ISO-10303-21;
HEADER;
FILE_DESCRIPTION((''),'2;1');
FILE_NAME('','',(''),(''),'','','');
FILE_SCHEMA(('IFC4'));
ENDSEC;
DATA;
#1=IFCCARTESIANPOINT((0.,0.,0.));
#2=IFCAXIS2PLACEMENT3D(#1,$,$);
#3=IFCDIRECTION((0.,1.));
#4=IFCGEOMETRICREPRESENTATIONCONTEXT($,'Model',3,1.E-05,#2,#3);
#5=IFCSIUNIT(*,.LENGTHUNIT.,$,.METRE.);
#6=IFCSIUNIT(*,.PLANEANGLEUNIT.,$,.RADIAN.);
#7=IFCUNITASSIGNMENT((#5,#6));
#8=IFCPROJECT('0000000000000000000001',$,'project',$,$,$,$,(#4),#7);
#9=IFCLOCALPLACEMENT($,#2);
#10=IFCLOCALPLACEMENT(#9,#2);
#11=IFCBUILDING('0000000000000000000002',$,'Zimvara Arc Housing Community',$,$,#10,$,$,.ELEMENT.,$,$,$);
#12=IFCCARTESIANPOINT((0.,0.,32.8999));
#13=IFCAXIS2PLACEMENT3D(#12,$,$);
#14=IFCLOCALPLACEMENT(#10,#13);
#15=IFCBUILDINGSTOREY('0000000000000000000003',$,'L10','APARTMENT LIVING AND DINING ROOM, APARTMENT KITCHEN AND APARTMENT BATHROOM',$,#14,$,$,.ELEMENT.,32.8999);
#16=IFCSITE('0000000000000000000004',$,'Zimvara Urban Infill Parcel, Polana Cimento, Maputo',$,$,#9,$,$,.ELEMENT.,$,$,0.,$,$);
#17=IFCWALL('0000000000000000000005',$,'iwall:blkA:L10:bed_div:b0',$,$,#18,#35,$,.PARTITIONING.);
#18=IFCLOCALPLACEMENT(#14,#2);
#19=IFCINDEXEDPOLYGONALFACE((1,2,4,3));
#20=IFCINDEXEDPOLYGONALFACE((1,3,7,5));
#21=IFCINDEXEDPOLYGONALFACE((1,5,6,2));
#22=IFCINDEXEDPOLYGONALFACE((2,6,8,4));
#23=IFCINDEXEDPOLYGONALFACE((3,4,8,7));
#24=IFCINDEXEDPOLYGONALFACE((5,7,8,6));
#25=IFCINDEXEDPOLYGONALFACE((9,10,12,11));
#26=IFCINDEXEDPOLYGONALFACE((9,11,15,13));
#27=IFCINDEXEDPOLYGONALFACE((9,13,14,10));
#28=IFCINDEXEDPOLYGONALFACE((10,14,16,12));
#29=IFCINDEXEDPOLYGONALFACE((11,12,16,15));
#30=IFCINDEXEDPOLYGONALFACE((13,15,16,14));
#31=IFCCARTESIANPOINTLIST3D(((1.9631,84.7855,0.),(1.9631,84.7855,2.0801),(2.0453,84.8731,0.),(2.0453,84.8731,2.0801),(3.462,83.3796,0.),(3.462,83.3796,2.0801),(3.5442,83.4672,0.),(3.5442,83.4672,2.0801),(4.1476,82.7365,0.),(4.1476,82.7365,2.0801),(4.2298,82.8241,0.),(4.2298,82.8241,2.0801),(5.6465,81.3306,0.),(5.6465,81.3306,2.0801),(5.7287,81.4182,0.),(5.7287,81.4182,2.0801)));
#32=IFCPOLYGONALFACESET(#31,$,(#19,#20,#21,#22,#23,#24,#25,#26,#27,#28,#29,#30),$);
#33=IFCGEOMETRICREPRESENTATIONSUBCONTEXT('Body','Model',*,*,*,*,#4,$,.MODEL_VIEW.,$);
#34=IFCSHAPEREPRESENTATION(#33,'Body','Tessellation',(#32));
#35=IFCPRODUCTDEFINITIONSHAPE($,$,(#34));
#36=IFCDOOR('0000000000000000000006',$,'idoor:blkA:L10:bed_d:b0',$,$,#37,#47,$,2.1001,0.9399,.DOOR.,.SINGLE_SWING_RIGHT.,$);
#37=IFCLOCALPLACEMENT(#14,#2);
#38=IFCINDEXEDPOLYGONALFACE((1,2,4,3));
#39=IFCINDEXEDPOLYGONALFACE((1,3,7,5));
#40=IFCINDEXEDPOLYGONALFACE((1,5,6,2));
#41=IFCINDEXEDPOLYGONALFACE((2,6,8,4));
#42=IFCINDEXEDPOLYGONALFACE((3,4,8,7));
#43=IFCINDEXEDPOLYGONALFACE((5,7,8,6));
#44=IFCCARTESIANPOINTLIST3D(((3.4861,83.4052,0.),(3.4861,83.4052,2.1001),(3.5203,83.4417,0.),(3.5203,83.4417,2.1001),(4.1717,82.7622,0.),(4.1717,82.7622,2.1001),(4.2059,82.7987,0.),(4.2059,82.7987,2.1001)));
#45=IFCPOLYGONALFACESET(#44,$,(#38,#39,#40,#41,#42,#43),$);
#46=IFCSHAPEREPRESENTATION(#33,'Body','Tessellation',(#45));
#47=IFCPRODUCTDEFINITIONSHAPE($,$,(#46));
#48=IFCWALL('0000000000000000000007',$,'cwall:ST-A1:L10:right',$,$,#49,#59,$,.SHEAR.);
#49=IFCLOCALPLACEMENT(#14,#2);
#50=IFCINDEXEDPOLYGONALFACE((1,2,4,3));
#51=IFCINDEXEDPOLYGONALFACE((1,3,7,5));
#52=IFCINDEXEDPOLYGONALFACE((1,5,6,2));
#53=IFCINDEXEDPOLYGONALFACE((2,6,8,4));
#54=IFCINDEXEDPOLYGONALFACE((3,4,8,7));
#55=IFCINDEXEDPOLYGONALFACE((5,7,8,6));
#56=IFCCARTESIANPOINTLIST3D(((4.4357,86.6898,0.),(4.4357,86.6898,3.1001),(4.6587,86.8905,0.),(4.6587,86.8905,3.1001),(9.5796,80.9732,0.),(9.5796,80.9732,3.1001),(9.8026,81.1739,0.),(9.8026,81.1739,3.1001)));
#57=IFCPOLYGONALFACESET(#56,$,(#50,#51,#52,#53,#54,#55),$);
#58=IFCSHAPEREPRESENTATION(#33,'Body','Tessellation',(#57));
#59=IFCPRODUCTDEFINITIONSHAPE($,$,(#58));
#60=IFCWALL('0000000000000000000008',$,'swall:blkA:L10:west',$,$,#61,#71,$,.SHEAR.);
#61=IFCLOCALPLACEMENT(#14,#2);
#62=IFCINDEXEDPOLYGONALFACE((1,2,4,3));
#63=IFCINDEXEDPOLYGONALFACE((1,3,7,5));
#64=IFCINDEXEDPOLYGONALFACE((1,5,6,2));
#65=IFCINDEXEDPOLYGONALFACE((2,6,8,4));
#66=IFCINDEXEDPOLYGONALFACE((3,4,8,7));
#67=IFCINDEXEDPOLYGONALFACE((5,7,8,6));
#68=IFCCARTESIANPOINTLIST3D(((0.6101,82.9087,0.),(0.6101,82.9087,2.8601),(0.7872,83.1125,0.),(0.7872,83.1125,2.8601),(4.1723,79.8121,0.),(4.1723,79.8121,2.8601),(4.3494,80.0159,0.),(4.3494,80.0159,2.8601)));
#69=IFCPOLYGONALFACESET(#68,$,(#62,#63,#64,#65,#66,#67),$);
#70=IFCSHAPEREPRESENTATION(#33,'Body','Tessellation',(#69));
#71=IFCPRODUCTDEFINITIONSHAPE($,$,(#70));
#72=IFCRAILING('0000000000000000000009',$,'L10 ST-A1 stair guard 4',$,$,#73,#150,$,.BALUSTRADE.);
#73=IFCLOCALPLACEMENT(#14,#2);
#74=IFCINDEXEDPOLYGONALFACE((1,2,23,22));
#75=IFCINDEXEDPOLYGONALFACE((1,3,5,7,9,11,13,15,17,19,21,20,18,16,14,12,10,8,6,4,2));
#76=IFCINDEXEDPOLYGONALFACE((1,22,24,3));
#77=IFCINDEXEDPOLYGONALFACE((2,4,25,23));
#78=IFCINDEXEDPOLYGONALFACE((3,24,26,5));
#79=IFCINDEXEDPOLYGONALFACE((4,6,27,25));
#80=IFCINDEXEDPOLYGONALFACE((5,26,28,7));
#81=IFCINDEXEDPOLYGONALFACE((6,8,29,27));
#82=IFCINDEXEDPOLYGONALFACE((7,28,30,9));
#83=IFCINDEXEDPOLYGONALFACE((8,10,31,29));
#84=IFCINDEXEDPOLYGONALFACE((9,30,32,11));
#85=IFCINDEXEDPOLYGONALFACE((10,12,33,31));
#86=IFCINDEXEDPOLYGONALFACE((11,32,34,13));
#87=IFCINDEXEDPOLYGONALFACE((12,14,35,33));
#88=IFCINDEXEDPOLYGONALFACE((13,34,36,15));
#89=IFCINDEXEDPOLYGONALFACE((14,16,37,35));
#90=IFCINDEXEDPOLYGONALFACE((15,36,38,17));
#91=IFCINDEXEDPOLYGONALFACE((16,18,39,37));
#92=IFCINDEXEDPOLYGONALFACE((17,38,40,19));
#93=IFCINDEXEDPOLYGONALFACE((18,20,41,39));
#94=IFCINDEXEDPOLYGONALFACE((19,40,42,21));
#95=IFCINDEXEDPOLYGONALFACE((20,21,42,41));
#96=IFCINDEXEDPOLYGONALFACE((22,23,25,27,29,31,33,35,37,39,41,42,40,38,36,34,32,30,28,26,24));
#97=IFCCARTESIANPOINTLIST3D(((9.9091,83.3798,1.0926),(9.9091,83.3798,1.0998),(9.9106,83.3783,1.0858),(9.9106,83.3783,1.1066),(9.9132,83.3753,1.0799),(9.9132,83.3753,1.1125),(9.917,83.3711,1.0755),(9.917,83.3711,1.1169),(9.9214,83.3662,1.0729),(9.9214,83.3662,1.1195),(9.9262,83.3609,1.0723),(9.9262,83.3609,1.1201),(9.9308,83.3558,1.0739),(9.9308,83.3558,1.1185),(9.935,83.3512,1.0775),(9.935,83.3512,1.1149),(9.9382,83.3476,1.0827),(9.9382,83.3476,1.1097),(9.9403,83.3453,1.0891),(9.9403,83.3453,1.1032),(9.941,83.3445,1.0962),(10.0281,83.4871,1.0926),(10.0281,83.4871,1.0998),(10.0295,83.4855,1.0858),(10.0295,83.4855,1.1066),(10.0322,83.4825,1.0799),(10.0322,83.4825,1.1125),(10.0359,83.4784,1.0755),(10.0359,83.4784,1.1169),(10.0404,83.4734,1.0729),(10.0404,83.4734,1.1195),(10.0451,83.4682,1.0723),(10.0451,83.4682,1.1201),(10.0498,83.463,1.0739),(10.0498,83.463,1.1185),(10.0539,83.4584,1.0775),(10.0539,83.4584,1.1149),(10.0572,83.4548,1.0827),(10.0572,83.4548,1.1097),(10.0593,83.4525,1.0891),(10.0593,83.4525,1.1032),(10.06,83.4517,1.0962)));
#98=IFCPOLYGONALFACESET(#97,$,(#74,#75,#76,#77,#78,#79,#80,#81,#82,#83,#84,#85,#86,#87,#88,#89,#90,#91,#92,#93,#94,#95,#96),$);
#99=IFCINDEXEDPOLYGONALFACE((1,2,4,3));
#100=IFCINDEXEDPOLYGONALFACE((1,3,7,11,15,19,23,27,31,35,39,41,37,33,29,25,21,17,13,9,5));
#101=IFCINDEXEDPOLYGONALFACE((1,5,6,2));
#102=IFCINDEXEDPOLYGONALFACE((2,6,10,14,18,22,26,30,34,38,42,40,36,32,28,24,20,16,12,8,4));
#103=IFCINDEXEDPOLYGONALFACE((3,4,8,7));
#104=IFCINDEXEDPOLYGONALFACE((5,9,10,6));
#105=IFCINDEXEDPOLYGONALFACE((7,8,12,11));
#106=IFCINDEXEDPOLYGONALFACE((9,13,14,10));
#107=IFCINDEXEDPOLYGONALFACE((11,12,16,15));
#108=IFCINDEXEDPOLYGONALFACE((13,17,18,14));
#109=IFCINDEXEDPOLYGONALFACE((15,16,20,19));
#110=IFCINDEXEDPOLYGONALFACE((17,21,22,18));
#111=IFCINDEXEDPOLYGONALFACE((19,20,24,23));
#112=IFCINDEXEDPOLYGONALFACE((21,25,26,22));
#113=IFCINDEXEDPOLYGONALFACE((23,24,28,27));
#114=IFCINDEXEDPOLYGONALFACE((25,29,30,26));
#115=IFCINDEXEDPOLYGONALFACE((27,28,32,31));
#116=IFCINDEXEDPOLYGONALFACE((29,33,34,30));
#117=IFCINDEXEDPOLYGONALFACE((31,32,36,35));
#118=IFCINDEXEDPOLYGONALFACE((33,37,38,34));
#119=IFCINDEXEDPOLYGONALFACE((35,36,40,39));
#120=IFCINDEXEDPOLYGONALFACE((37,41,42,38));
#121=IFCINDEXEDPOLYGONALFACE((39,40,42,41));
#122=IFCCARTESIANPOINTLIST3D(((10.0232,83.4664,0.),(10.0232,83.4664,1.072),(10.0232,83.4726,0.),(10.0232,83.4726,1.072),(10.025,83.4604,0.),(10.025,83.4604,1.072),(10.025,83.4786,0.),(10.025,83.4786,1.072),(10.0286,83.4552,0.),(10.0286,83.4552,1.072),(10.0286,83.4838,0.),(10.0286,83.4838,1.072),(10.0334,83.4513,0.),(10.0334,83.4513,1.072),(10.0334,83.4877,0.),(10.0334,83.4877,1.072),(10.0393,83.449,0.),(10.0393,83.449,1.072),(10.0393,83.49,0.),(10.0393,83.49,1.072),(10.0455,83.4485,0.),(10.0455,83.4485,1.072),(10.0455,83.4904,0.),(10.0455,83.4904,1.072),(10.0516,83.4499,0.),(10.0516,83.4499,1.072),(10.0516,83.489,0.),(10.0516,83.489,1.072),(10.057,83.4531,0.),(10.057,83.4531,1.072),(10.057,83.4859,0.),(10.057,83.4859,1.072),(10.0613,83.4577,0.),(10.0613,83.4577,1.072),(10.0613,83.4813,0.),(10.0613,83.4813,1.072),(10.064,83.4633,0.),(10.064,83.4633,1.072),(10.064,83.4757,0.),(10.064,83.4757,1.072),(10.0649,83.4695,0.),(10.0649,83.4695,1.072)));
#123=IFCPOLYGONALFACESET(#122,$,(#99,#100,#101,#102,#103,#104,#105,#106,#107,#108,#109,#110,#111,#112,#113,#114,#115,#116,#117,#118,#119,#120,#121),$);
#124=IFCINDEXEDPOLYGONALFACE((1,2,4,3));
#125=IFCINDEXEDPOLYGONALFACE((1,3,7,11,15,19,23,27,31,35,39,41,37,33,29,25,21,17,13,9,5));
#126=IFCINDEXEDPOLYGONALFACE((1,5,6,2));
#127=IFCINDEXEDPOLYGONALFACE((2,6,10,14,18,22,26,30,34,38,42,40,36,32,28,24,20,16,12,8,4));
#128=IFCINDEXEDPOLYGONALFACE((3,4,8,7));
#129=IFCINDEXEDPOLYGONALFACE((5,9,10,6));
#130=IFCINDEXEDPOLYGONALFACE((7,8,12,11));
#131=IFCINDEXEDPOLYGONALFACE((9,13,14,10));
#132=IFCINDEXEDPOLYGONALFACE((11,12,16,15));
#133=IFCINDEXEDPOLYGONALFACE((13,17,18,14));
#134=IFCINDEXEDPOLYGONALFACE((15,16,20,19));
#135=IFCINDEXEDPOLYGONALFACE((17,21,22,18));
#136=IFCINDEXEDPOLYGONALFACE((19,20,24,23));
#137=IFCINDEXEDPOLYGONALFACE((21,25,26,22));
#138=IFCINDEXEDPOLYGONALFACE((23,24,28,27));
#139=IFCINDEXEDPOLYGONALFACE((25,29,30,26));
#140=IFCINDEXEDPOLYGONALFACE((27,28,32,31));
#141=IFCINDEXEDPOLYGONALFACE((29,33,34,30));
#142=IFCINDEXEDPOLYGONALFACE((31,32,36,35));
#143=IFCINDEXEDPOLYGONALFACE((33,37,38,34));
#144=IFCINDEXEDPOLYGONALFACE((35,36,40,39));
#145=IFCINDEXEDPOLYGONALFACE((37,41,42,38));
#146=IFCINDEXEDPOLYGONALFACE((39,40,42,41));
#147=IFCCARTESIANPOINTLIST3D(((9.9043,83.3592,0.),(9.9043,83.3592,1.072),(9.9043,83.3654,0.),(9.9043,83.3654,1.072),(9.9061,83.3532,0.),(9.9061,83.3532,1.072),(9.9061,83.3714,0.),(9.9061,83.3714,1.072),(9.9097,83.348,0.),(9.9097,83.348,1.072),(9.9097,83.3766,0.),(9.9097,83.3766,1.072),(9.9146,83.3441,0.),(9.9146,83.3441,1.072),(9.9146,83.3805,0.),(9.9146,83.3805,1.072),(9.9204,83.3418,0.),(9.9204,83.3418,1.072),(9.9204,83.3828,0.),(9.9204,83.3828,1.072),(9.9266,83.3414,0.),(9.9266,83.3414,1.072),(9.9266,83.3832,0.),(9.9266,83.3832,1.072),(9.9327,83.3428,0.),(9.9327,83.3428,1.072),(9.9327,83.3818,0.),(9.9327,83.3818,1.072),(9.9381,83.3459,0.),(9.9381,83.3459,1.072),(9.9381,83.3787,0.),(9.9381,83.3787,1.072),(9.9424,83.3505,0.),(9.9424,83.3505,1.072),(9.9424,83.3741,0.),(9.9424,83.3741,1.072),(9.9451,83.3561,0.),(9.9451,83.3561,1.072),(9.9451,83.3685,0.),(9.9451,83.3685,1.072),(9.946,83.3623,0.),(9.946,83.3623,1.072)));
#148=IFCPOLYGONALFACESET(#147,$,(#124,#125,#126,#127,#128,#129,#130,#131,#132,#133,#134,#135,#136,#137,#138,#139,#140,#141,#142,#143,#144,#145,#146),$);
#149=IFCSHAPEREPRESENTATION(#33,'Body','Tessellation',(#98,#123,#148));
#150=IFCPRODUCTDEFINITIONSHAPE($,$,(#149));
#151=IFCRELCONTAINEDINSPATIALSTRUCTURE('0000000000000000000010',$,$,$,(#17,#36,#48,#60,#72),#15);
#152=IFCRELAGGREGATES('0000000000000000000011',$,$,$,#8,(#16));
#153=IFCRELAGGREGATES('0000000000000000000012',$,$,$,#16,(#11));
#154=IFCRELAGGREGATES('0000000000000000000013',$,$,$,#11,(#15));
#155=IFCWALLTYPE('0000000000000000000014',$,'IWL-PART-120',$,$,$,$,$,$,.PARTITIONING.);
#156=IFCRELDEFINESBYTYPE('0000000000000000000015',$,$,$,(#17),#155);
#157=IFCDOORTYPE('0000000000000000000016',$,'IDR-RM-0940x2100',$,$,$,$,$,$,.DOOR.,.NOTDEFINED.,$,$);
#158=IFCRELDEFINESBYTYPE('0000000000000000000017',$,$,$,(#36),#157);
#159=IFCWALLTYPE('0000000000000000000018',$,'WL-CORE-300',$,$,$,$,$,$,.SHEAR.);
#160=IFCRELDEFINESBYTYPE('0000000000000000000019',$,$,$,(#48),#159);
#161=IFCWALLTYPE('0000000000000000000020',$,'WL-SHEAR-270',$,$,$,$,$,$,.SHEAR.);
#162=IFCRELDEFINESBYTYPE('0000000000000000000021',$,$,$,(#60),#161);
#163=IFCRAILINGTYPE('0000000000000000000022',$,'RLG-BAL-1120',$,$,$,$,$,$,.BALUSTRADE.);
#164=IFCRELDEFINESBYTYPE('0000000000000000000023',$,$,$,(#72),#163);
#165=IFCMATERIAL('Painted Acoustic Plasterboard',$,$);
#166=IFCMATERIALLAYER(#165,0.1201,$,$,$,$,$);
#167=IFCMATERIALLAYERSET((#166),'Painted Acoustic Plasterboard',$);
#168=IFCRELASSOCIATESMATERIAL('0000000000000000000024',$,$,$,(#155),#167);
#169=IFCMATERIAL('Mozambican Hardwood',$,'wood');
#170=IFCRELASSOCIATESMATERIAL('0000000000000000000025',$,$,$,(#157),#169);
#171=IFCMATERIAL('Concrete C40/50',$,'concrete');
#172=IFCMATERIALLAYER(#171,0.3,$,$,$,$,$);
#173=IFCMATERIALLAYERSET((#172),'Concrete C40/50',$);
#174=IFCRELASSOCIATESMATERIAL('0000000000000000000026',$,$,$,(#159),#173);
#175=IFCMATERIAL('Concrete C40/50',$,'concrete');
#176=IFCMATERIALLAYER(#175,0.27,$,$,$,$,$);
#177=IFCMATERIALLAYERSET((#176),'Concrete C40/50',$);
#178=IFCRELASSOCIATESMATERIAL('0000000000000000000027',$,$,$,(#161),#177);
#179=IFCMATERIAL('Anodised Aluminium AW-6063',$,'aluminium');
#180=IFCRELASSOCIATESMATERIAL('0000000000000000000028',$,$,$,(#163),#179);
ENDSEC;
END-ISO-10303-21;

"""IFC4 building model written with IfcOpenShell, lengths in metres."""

from ifc_helpers import new_model, si_unit, direction, frame, frame_2d, origin, origin_2d, place, context, subcontext, project, spatial, rectangle, circle, extrude, material, layer, layer_set, type_object, element, fill, save


model = new_model("IFC4")

# Units and contexts
model_context = context("Model", 3, precision=1e-05, world=origin(), true_north=direction((0.0, 1.0)))
body_context = subcontext(model_context, "Body", "Model", "MODEL_VIEW")
ifc_project = project(units=[si_unit("LENGTHUNIT", "METRE"), si_unit("PLANEANGLEUNIT", "RADIAN")], contexts=[model_context])

# Site, building, storey
site_placement = place(None, origin())
site = spatial("IfcSite", under=ifc_project, at=site_placement, Name="Zimvara Urban Infill Parcel, Polana Cimento, Maputo", CompositionType="ELEMENT", RefElevation=0.0)
building_placement = place(site_placement, origin())
building = spatial("IfcBuilding", under=site, at=building_placement, Name="Zimvara Arc Housing Community", CompositionType="ELEMENT")
storey_placement = place(building_placement, frame((0.0, 0.0, 32.8999)))
storey = spatial("IfcBuildingStorey", under=building, at=storey_placement, Name="L10", Description="APARTMENT LIVING AND DINING ROOM, APARTMENT KITCHEN AND APARTMENT BATHROOM", CompositionType="ELEMENT", Elevation=32.8999)

# Wall, opening, door
ifc_material_1 = material(Name="Painted Acoustic Plasterboard")
ifc_layer_1 = layer(ifc_material_1, 0.1201)
ifc_layer_set_1 = layer_set([ifc_layer_1], Name="Painted Acoustic Plasterboard")
wall_type_1 = type_object("IfcWallType", Name="IWL-PART-120", PredefinedType="PARTITIONING", material=ifc_layer_set_1)
wall_1_placement = place(storey_placement, frame((5.6875, 81.3745, 0.0), z_axis=(0.0, 0.0, 1.0), x_axis=(-0.72937, 0.68412, 0.0)))
wall_1 = element("IfcWall", 1, at=wall_1_placement, inside=storey, type_object=wall_type_1, Name="iwall:blkA:L10:bed_div:b0", PredefinedType="PARTITIONING", context=body_context, shape_type="SweptSolid", body=[
    extrude(rectangle(XDim=5.05, YDim=0.1201, at=frame_2d((2.5249, 0.0))), origin(), (0.0, 0.0, 1.0), 2.0801),
])
opening_1_placement = place(wall_1_placement, frame((2.0549, 0.0, 0.0)))
opening_1 = element("IfcOpeningElement", 2, at=opening_1_placement, cuts=wall_1, PredefinedType="OPENING", context=body_context, shape_type="SweptSolid", body=[
    extrude(rectangle(XDim=0.9399, YDim=2.1001, at=frame_2d((0.47, 1.05))), frame((0.0, 0.0701, 0.0), z_axis=(0.0, -1.0, 0.0), x_axis=(1.0, 0.0, 0.0)), (0.0, 0.0, 1.0), 0.1401),
])
ifc_material_2 = material(Name="Mozambican Hardwood", Category="wood")
door_type_1 = type_object("IfcDoorType", Name="IDR-RM-0940x2100", OperationType="NOTDEFINED", PredefinedType="DOOR", material=ifc_material_2)
door_1_placement = place(opening_1_placement, origin())
door_1 = element("IfcDoor", 3, at=door_1_placement, inside=storey, type_object=door_type_1, Name="idoor:blkA:L10:bed_d:b0", OperationType="SINGLE_SWING_RIGHT", OverallHeight=2.1001, OverallWidth=0.9399, PredefinedType="DOOR", context=body_context, shape_type="SweptSolid", body=[
    extrude(rectangle(XDim=0.9399, YDim=2.1001, at=frame_2d((0.47, 1.05))), frame((0.0, 0.0249, 0.0), z_axis=(0.0, -1.0, 0.0), x_axis=(1.0, 0.0, 0.0)), (0.0, 0.0, 1.0), 0.05),
])
fill(opening_1, door_1)

# Walls
ifc_material_3 = material(Name="Concrete C40/50", Category="concrete")
ifc_layer_2 = layer(ifc_material_3, 0.3)
ifc_layer_set_2 = layer_set([ifc_layer_2], Name="Concrete C40/50")
wall_type_2 = type_object("IfcWallType", Name="WL-CORE-300", PredefinedType="SHEAR", material=ifc_layer_set_2)
wall_2_placement = place(storey_placement, frame((9.6912, 81.0735, 0.0), z_axis=(0.0, 0.0, 1.0), x_axis=(-0.668886, 0.743365, 0.0)))
element("IfcWall", 4, at=wall_2_placement, inside=storey, type_object=wall_type_2, Name="cwall:ST-A1:L10:right", PredefinedType="SHEAR", context=body_context, shape_type="SweptSolid", body=[
    extrude(rectangle(XDim=7.6902, YDim=0.3, at=frame_2d((3.8452, 0.0))), origin(), (0.0, 0.0, 1.0), 3.1001),
])
ifc_material_4 = material(Name="Concrete C40/50", Category="concrete")
ifc_layer_3 = layer(ifc_material_4, 0.27)
ifc_layer_set_3 = layer_set([ifc_layer_3], Name="Concrete C40/50")
wall_type_3 = type_object("IfcWallType", Name="WL-SHEAR-270", PredefinedType="SHEAR", material=ifc_layer_set_3)
wall_3_placement = place(storey_placement, frame((4.2607, 79.9141, 0.0), z_axis=(0.0, 0.0, 1.0), x_axis=(-0.754704, 0.656066, 0.0)))
element("IfcWall", 5, at=wall_3_placement, inside=storey, type_object=wall_type_3, Name="swall:blkA:L10:west", PredefinedType="SHEAR", context=body_context, shape_type="SweptSolid", body=[
    extrude(rectangle(XDim=4.72, YDim=0.27, at=frame_2d((2.3599, 0.0))), origin(), (0.0, 0.0, 1.0), 2.8601),
])

# Railing
ifc_material_5 = material(Name="Anodised Aluminium AW-6063", Category="aluminium")
railing_type_1 = type_object("IfcRailingType", Name="RLG-BAL-1120", PredefinedType="BALUSTRADE", material=ifc_material_5)
railing_1_placement = place(storey_placement, frame((10.0439, 83.4695, 0.0)))
element("IfcRailing", 6, at=railing_1_placement, inside=storey, type_object=railing_type_1, Name="L10 ST-A1 stair guard 4", PredefinedType="BALUSTRADE", context=body_context, shape_type="SweptSolid", body=[
    extrude(circle(Radius=0.0239, at=origin_2d()), frame((0.0, 0.0, 1.0962), z_axis=(-0.742763, -0.669554, 0.0), x_axis=(0.669554, -0.742763, 0.0)), (0.0, 0.0, 1.0), 0.1602),
    extrude(circle(Radius=0.021, at=origin_2d()), origin(), (0.0, 0.0, 1.0), 1.072),
    extrude(circle(Radius=0.021, at=origin_2d()), frame((-0.1189, -0.1072, 0.0)), (0.0, 0.0, 1.0), 1.072),
])

save(model, "model.ifc")
